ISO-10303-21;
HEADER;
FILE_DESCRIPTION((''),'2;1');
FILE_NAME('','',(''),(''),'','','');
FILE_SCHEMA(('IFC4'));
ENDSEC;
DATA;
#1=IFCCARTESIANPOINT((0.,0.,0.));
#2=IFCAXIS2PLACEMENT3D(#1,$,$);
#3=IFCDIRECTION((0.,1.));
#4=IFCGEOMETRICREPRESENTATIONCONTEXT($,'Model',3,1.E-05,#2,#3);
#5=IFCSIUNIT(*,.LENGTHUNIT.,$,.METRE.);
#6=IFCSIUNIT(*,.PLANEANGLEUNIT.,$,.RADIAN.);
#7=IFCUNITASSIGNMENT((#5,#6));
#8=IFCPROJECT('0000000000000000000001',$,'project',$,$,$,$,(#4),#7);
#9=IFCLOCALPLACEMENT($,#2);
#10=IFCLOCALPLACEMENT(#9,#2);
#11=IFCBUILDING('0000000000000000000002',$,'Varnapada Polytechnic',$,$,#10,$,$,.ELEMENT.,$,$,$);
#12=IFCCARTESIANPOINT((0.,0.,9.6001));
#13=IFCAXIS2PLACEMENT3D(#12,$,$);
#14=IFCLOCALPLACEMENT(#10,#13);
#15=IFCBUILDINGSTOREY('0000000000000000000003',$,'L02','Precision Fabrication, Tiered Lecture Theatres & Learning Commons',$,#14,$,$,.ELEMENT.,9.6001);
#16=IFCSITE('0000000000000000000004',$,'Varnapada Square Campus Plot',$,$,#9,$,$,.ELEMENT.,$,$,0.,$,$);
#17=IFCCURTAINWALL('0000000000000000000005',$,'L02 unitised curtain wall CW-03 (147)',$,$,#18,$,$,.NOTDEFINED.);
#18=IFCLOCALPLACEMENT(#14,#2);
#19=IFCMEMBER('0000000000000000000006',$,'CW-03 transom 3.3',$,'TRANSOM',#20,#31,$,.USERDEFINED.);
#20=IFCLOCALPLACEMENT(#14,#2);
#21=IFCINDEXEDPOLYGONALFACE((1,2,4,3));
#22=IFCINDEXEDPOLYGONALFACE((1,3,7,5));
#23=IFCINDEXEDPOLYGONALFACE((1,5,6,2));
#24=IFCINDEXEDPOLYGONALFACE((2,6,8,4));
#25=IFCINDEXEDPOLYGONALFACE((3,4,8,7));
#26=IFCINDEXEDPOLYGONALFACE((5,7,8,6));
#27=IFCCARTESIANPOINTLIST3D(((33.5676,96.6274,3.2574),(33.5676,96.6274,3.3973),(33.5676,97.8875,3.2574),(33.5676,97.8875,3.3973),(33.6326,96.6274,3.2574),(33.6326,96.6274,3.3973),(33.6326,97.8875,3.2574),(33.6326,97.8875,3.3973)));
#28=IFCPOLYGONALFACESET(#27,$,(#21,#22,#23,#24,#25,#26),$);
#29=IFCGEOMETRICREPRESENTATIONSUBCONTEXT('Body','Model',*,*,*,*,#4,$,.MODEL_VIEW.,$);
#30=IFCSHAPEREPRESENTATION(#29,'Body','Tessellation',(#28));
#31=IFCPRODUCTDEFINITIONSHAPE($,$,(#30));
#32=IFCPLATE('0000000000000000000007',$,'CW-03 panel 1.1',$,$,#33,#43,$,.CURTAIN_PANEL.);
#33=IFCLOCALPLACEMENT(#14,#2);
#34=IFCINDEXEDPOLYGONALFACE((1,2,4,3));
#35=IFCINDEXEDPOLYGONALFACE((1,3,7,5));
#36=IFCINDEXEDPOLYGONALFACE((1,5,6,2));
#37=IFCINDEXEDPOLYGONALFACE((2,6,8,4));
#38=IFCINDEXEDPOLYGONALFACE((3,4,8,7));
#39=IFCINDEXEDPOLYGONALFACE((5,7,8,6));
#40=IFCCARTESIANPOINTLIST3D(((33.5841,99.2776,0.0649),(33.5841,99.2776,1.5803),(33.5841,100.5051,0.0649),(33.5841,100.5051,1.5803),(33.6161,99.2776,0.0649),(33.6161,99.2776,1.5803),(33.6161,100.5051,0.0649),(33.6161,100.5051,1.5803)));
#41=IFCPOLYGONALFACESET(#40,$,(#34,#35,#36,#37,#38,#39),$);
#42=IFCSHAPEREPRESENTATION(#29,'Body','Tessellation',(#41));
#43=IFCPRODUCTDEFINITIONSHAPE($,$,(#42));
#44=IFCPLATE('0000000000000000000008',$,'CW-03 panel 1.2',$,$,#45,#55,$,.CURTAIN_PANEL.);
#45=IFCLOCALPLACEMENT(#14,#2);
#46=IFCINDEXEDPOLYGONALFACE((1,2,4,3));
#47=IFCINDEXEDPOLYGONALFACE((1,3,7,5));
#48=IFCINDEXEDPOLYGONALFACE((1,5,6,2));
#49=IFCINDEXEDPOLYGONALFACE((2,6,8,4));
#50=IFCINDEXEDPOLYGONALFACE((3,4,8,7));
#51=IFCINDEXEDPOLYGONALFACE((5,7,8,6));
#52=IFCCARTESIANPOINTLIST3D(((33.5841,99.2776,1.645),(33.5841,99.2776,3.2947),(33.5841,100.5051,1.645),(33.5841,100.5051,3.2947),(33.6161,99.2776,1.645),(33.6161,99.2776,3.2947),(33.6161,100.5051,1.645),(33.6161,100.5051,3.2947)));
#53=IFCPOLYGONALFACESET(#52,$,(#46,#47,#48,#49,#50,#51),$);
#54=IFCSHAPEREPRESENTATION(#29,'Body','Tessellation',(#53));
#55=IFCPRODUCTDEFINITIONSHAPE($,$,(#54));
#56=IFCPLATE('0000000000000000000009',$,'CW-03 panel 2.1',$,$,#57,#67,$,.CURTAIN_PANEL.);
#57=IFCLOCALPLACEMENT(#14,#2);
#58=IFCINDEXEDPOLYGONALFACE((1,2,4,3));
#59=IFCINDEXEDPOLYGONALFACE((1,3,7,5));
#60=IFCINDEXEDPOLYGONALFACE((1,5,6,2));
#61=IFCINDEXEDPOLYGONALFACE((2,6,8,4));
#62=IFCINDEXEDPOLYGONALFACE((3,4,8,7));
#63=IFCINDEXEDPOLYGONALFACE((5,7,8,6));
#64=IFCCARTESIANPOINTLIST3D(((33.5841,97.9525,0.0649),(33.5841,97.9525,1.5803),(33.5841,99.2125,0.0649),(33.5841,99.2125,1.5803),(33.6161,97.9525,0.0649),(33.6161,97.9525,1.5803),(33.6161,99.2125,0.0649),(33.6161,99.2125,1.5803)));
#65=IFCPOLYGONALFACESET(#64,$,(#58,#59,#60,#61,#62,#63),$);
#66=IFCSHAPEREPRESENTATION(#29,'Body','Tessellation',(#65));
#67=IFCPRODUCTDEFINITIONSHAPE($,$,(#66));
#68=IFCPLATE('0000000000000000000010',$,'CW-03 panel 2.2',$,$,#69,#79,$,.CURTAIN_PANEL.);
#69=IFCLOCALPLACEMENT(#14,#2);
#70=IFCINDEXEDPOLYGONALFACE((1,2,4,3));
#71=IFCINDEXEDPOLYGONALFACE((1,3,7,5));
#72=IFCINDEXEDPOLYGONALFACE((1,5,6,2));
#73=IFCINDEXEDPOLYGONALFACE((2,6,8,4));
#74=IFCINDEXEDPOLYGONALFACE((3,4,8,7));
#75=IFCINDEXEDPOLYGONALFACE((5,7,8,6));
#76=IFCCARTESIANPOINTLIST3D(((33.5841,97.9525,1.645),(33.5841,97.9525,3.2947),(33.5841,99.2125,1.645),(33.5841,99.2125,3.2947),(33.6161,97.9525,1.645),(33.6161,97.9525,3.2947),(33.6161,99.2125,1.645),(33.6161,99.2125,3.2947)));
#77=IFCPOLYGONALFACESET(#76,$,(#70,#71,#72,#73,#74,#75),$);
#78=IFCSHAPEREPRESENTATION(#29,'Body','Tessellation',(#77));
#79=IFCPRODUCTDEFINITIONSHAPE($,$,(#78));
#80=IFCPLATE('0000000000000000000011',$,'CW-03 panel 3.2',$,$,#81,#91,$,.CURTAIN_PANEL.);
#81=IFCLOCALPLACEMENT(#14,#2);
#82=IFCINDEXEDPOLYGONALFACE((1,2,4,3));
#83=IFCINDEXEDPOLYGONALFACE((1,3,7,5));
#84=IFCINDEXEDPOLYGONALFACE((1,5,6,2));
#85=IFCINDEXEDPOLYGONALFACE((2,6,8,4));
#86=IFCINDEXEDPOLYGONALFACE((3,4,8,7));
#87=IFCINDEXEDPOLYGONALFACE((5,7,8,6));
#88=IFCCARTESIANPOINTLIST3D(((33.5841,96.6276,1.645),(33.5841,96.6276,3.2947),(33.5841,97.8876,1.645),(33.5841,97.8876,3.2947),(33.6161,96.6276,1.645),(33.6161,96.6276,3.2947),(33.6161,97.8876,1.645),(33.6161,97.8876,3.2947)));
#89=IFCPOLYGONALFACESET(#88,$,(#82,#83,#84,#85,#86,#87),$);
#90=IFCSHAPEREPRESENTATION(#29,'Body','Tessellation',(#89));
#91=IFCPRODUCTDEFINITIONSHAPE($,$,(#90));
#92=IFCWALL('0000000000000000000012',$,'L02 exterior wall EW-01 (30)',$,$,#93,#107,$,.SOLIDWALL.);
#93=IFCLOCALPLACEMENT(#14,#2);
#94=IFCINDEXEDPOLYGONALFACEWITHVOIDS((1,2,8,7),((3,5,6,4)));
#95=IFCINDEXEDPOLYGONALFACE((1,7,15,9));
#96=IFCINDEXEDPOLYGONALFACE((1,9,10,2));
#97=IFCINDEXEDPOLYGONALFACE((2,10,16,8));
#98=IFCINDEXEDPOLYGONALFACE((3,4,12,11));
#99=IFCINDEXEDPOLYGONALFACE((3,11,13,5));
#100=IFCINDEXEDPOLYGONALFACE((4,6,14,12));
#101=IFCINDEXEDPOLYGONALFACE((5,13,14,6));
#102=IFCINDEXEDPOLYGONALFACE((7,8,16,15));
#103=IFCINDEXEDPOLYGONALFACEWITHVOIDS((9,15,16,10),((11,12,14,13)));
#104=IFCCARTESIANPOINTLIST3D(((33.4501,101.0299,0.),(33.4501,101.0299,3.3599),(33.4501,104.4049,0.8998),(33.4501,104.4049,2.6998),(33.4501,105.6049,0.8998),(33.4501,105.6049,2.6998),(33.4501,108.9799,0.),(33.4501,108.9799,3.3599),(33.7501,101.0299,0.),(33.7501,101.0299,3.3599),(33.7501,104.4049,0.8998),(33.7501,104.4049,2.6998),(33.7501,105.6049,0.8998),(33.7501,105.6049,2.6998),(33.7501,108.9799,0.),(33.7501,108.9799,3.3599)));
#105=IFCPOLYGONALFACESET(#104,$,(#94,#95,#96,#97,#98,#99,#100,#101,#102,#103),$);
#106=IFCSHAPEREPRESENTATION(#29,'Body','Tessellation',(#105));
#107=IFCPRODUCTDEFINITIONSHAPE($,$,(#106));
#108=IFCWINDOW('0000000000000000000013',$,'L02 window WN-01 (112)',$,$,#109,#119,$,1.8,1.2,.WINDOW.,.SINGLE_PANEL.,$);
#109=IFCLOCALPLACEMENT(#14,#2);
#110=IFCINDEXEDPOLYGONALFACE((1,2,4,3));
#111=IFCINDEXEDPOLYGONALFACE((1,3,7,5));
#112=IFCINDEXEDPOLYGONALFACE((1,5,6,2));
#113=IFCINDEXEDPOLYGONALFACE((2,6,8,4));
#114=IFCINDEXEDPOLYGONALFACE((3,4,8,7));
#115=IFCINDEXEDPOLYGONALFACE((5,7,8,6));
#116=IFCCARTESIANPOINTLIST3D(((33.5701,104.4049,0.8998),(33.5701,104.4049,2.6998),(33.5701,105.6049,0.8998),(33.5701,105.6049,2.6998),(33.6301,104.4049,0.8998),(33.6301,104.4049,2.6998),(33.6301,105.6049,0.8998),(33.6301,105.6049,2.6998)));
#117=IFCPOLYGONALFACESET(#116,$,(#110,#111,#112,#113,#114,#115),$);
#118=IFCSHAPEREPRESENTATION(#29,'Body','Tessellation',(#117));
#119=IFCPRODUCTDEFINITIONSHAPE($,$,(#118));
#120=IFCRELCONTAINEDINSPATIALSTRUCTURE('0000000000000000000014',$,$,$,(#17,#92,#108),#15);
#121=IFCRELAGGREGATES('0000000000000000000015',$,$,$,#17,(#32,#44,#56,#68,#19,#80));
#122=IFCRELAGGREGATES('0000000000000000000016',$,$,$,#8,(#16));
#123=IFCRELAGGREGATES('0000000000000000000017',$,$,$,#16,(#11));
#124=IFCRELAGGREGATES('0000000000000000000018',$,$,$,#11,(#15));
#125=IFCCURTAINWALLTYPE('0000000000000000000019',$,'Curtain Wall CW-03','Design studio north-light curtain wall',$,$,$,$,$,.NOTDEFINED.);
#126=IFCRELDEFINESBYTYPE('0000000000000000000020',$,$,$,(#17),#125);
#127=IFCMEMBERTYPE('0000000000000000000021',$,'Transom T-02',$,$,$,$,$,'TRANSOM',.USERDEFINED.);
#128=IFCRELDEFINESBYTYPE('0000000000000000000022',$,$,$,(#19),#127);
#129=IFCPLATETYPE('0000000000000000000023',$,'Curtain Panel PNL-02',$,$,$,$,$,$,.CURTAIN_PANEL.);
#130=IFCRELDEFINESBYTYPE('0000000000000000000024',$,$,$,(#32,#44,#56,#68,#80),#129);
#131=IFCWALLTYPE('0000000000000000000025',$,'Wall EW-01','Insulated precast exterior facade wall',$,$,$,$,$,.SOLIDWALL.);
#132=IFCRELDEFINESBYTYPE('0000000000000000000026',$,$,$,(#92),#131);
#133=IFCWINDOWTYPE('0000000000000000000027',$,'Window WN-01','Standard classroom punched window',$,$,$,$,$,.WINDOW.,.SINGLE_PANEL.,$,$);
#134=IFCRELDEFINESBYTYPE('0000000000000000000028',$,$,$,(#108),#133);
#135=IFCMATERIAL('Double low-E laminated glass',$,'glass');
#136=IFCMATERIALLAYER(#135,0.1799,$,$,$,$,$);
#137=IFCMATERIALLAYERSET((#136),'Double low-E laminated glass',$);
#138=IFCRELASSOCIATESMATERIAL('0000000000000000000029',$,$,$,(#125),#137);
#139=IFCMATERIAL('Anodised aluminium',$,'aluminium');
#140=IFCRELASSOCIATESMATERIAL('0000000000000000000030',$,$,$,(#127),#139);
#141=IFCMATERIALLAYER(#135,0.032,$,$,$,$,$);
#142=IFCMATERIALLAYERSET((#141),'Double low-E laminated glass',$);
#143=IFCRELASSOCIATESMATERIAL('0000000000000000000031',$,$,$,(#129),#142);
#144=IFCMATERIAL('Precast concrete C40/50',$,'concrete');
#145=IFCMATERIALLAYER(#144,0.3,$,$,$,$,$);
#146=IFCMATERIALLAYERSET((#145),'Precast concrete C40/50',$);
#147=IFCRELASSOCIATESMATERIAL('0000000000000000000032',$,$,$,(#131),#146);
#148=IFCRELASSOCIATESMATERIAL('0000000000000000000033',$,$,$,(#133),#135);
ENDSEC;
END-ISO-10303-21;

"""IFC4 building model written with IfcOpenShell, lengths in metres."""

from ifc_helpers import new_model, si_unit, direction, frame, frame_2d, origin, origin_2d, place, context, subcontext, project, spatial, rectangle, extrude, material, layer, layer_set, material_profile, profile_set, type_object, element, fill, aggregate, save


model = new_model("IFC4")

# Units and contexts
model_context = context("Model", 3, precision=1e-05, world=origin(), true_north=direction((0.0, 1.0)))
body_context = subcontext(model_context, "Body", "Model", "MODEL_VIEW")
ifc_project = project(units=[si_unit("LENGTHUNIT", "METRE"), si_unit("PLANEANGLEUNIT", "RADIAN")], contexts=[model_context])

# Site, building, storey
site_placement = place(None, origin())
site = spatial("IfcSite", under=ifc_project, at=site_placement, Name="Varnapada Square Campus Plot", CompositionType="ELEMENT", RefElevation=0.0)
building_placement = place(site_placement, origin())
building = spatial("IfcBuilding", under=site, at=building_placement, Name="Varnapada Polytechnic", CompositionType="ELEMENT")
storey_placement = place(building_placement, frame((0.0, 0.0, 9.6001)))
storey = spatial("IfcBuildingStorey", under=building, at=storey_placement, Name="L02", Description="Precision Fabrication, Tiered Lecture Theatres & Learning Commons", CompositionType="ELEMENT", Elevation=9.6001)

# Curtain wall, member, plates
ifc_material_1 = material(Name="Double low-E laminated glass", Category="glass")
ifc_layer_1 = layer(ifc_material_1, 0.1799)
ifc_layer_set_1 = layer_set([ifc_layer_1], Name="Double low-E laminated glass")
curtain_wall_type = type_object("IfcCurtainWallType", Name="Curtain Wall CW-03", Description="Design studio north-light curtain wall", PredefinedType="NOTDEFINED", material=ifc_layer_set_1)
curtain_wall_placement = place(storey_placement, origin())
curtain_wall = element("IfcCurtainWall", 1, at=curtain_wall_placement, inside=storey, type_object=curtain_wall_type, Name="L02 unitised curtain wall CW-03 (147)", PredefinedType="NOTDEFINED")
ifc_material_2 = material(Name="Anodised aluminium", Category="aluminium")
ifc_material_profile_1 = material_profile(ifc_material_2, rectangle(XDim=0.0649, YDim=0.1399, at=origin_2d()), Name="ALU T65x140")
ifc_profile_set_1 = profile_set([ifc_material_profile_1], Name="Anodised aluminium")
member_type_1 = type_object("IfcMemberType", Name="Transom T-02", ElementType="TRANSOM", PredefinedType="USERDEFINED", material=ifc_profile_set_1)
member_1_placement = place(storey_placement, frame((33.6001, 97.8875, 3.3274), z_axis=(0.0, -1.0, 0.0), x_axis=(1.0, 0.0, 0.0)))
member_1 = element("IfcMember", 2, at=member_1_placement, type_object=member_type_1, Name="CW-03 transom 3.3", ObjectType="TRANSOM", PredefinedType="USERDEFINED", context=body_context, shape_type="SweptSolid", body=[
    extrude(rectangle(XDim=0.0649, YDim=0.1399, at=origin_2d()), origin(), (0.0, 0.0, 1.0), 1.26),
])
ifc_layer_2 = layer(ifc_material_1, 0.032)
ifc_layer_set_2 = layer_set([ifc_layer_2], Name="Double low-E laminated glass")
plate_type = type_object("IfcPlateType", Name="Curtain Panel PNL-02", PredefinedType="CURTAIN_PANEL", material=ifc_layer_set_2)
plate_1_placement = place(storey_placement, frame((33.6001, 99.8914, 0.0649), z_axis=(0.0, 0.0, 1.0), x_axis=(0.0, -1.0, 0.0)))
plate_1 = element("IfcPlate", 3, at=plate_1_placement, type_object=plate_type, Name="CW-03 panel 1.1", PredefinedType="CURTAIN_PANEL", context=body_context, shape_type="SweptSolid", body=[
    extrude(rectangle(XDim=1.2275, YDim=0.032, at=origin_2d()), origin(), (0.0, 0.0, 1.0), 1.5154),
])
plate_2_placement = place(storey_placement, frame((33.6001, 99.8914, 1.645), z_axis=(0.0, 0.0, 1.0), x_axis=(0.0, -1.0, 0.0)))
plate_2 = element("IfcPlate", 4, at=plate_2_placement, type_object=plate_type, Name="CW-03 panel 1.2", PredefinedType="CURTAIN_PANEL", context=body_context, shape_type="SweptSolid", body=[
    extrude(rectangle(XDim=1.2275, YDim=0.032, at=origin_2d()), origin(), (0.0, 0.0, 1.0), 1.6497),
])
plate_3_placement = place(storey_placement, frame((33.6001, 98.5825, 0.0649), z_axis=(0.0, 0.0, 1.0), x_axis=(0.0, -1.0, 0.0)))
plate_3 = element("IfcPlate", 5, at=plate_3_placement, type_object=plate_type, Name="CW-03 panel 2.1", PredefinedType="CURTAIN_PANEL", context=body_context, shape_type="SweptSolid", body=[
    extrude(rectangle(XDim=1.26, YDim=0.032, at=origin_2d()), origin(), (0.0, 0.0, 1.0), 1.5154),
])
plate_4_placement = place(storey_placement, frame((33.6001, 98.5825, 1.645), z_axis=(0.0, 0.0, 1.0), x_axis=(0.0, -1.0, 0.0)))
plate_4 = element("IfcPlate", 6, at=plate_4_placement, type_object=plate_type, Name="CW-03 panel 2.2", PredefinedType="CURTAIN_PANEL", context=body_context, shape_type="SweptSolid", body=[
    extrude(rectangle(XDim=1.26, YDim=0.032, at=origin_2d()), origin(), (0.0, 0.0, 1.0), 1.6497),
])
plate_5_placement = place(storey_placement, frame((33.6001, 97.2576, 1.645), z_axis=(0.0, 0.0, 1.0), x_axis=(0.0, -1.0, 0.0)))
plate_5 = element("IfcPlate", 7, at=plate_5_placement, type_object=plate_type, Name="CW-03 panel 3.2", PredefinedType="CURTAIN_PANEL", context=body_context, shape_type="SweptSolid", body=[
    extrude(rectangle(XDim=1.26, YDim=0.032, at=origin_2d()), origin(), (0.0, 0.0, 1.0), 1.6497),
])
aggregate(curtain_wall, [plate_1, plate_2, plate_3, plate_4, member_1, plate_5])

# Wall, opening, window
ifc_material_3 = material(Name="Precast concrete C40/50", Category="concrete")
ifc_layer_3 = layer(ifc_material_3, 0.3)
ifc_layer_set_3 = layer_set([ifc_layer_3], Name="Precast concrete C40/50")
wall_type = type_object("IfcWallType", Name="Wall EW-01", Description="Insulated precast exterior facade wall", PredefinedType="SOLIDWALL", material=ifc_layer_set_3)
wall_placement = place(storey_placement, frame((33.6001, 108.98, 0.0), z_axis=(0.0, 0.0, 1.0), x_axis=(0.0, -1.0, 0.0)))
wall = element("IfcWall", 8, at=wall_placement, inside=storey, type_object=wall_type, Name="L02 exterior wall EW-01 (30)", PredefinedType="SOLIDWALL", context=body_context, shape_type="SweptSolid", body=[
    extrude(rectangle(XDim=7.95, YDim=0.3, at=frame_2d((3.9751, 0.0))), origin(), (0.0, 0.0, 1.0), 3.3599),
])
opening_placement = place(wall_placement, frame((3.375, 0.0, 0.8999)))
opening = element("IfcOpeningElement", 9, at=opening_placement, cuts=wall, PredefinedType="OPENING", context=body_context, shape_type="SweptSolid", body=[
    extrude(rectangle(XDim=1.2, YDim=1.8, at=frame_2d((0.6001, 0.8999))), frame((0.0, 0.1599, 0.0), z_axis=(0.0, -1.0, 0.0), x_axis=(1.0, 0.0, 0.0)), (0.0, 0.0, 1.0), 0.3201),
])
window_type = type_object("IfcWindowType", Name="Window WN-01", Description="Standard classroom punched window", PartitioningType="SINGLE_PANEL", PredefinedType="WINDOW", material=ifc_material_1)
window_placement = place(opening_placement, origin())
window = element("IfcWindow", 10, at=window_placement, inside=storey, type_object=window_type, Name="L02 window WN-01 (112)", OverallHeight=1.8, OverallWidth=1.2, PartitioningType="SINGLE_PANEL", PredefinedType="WINDOW", context=body_context, shape_type="SweptSolid", body=[
    extrude(rectangle(XDim=1.2, YDim=1.8, at=frame_2d((0.6001, 0.8999))), frame((0.0, 0.03, 0.0), z_axis=(0.0, -1.0, 0.0), x_axis=(1.0, 0.0, 0.0)), (0.0, 0.0, 1.0), 0.0601),
])
fill(opening, window)

save(model, "model.ifc")
